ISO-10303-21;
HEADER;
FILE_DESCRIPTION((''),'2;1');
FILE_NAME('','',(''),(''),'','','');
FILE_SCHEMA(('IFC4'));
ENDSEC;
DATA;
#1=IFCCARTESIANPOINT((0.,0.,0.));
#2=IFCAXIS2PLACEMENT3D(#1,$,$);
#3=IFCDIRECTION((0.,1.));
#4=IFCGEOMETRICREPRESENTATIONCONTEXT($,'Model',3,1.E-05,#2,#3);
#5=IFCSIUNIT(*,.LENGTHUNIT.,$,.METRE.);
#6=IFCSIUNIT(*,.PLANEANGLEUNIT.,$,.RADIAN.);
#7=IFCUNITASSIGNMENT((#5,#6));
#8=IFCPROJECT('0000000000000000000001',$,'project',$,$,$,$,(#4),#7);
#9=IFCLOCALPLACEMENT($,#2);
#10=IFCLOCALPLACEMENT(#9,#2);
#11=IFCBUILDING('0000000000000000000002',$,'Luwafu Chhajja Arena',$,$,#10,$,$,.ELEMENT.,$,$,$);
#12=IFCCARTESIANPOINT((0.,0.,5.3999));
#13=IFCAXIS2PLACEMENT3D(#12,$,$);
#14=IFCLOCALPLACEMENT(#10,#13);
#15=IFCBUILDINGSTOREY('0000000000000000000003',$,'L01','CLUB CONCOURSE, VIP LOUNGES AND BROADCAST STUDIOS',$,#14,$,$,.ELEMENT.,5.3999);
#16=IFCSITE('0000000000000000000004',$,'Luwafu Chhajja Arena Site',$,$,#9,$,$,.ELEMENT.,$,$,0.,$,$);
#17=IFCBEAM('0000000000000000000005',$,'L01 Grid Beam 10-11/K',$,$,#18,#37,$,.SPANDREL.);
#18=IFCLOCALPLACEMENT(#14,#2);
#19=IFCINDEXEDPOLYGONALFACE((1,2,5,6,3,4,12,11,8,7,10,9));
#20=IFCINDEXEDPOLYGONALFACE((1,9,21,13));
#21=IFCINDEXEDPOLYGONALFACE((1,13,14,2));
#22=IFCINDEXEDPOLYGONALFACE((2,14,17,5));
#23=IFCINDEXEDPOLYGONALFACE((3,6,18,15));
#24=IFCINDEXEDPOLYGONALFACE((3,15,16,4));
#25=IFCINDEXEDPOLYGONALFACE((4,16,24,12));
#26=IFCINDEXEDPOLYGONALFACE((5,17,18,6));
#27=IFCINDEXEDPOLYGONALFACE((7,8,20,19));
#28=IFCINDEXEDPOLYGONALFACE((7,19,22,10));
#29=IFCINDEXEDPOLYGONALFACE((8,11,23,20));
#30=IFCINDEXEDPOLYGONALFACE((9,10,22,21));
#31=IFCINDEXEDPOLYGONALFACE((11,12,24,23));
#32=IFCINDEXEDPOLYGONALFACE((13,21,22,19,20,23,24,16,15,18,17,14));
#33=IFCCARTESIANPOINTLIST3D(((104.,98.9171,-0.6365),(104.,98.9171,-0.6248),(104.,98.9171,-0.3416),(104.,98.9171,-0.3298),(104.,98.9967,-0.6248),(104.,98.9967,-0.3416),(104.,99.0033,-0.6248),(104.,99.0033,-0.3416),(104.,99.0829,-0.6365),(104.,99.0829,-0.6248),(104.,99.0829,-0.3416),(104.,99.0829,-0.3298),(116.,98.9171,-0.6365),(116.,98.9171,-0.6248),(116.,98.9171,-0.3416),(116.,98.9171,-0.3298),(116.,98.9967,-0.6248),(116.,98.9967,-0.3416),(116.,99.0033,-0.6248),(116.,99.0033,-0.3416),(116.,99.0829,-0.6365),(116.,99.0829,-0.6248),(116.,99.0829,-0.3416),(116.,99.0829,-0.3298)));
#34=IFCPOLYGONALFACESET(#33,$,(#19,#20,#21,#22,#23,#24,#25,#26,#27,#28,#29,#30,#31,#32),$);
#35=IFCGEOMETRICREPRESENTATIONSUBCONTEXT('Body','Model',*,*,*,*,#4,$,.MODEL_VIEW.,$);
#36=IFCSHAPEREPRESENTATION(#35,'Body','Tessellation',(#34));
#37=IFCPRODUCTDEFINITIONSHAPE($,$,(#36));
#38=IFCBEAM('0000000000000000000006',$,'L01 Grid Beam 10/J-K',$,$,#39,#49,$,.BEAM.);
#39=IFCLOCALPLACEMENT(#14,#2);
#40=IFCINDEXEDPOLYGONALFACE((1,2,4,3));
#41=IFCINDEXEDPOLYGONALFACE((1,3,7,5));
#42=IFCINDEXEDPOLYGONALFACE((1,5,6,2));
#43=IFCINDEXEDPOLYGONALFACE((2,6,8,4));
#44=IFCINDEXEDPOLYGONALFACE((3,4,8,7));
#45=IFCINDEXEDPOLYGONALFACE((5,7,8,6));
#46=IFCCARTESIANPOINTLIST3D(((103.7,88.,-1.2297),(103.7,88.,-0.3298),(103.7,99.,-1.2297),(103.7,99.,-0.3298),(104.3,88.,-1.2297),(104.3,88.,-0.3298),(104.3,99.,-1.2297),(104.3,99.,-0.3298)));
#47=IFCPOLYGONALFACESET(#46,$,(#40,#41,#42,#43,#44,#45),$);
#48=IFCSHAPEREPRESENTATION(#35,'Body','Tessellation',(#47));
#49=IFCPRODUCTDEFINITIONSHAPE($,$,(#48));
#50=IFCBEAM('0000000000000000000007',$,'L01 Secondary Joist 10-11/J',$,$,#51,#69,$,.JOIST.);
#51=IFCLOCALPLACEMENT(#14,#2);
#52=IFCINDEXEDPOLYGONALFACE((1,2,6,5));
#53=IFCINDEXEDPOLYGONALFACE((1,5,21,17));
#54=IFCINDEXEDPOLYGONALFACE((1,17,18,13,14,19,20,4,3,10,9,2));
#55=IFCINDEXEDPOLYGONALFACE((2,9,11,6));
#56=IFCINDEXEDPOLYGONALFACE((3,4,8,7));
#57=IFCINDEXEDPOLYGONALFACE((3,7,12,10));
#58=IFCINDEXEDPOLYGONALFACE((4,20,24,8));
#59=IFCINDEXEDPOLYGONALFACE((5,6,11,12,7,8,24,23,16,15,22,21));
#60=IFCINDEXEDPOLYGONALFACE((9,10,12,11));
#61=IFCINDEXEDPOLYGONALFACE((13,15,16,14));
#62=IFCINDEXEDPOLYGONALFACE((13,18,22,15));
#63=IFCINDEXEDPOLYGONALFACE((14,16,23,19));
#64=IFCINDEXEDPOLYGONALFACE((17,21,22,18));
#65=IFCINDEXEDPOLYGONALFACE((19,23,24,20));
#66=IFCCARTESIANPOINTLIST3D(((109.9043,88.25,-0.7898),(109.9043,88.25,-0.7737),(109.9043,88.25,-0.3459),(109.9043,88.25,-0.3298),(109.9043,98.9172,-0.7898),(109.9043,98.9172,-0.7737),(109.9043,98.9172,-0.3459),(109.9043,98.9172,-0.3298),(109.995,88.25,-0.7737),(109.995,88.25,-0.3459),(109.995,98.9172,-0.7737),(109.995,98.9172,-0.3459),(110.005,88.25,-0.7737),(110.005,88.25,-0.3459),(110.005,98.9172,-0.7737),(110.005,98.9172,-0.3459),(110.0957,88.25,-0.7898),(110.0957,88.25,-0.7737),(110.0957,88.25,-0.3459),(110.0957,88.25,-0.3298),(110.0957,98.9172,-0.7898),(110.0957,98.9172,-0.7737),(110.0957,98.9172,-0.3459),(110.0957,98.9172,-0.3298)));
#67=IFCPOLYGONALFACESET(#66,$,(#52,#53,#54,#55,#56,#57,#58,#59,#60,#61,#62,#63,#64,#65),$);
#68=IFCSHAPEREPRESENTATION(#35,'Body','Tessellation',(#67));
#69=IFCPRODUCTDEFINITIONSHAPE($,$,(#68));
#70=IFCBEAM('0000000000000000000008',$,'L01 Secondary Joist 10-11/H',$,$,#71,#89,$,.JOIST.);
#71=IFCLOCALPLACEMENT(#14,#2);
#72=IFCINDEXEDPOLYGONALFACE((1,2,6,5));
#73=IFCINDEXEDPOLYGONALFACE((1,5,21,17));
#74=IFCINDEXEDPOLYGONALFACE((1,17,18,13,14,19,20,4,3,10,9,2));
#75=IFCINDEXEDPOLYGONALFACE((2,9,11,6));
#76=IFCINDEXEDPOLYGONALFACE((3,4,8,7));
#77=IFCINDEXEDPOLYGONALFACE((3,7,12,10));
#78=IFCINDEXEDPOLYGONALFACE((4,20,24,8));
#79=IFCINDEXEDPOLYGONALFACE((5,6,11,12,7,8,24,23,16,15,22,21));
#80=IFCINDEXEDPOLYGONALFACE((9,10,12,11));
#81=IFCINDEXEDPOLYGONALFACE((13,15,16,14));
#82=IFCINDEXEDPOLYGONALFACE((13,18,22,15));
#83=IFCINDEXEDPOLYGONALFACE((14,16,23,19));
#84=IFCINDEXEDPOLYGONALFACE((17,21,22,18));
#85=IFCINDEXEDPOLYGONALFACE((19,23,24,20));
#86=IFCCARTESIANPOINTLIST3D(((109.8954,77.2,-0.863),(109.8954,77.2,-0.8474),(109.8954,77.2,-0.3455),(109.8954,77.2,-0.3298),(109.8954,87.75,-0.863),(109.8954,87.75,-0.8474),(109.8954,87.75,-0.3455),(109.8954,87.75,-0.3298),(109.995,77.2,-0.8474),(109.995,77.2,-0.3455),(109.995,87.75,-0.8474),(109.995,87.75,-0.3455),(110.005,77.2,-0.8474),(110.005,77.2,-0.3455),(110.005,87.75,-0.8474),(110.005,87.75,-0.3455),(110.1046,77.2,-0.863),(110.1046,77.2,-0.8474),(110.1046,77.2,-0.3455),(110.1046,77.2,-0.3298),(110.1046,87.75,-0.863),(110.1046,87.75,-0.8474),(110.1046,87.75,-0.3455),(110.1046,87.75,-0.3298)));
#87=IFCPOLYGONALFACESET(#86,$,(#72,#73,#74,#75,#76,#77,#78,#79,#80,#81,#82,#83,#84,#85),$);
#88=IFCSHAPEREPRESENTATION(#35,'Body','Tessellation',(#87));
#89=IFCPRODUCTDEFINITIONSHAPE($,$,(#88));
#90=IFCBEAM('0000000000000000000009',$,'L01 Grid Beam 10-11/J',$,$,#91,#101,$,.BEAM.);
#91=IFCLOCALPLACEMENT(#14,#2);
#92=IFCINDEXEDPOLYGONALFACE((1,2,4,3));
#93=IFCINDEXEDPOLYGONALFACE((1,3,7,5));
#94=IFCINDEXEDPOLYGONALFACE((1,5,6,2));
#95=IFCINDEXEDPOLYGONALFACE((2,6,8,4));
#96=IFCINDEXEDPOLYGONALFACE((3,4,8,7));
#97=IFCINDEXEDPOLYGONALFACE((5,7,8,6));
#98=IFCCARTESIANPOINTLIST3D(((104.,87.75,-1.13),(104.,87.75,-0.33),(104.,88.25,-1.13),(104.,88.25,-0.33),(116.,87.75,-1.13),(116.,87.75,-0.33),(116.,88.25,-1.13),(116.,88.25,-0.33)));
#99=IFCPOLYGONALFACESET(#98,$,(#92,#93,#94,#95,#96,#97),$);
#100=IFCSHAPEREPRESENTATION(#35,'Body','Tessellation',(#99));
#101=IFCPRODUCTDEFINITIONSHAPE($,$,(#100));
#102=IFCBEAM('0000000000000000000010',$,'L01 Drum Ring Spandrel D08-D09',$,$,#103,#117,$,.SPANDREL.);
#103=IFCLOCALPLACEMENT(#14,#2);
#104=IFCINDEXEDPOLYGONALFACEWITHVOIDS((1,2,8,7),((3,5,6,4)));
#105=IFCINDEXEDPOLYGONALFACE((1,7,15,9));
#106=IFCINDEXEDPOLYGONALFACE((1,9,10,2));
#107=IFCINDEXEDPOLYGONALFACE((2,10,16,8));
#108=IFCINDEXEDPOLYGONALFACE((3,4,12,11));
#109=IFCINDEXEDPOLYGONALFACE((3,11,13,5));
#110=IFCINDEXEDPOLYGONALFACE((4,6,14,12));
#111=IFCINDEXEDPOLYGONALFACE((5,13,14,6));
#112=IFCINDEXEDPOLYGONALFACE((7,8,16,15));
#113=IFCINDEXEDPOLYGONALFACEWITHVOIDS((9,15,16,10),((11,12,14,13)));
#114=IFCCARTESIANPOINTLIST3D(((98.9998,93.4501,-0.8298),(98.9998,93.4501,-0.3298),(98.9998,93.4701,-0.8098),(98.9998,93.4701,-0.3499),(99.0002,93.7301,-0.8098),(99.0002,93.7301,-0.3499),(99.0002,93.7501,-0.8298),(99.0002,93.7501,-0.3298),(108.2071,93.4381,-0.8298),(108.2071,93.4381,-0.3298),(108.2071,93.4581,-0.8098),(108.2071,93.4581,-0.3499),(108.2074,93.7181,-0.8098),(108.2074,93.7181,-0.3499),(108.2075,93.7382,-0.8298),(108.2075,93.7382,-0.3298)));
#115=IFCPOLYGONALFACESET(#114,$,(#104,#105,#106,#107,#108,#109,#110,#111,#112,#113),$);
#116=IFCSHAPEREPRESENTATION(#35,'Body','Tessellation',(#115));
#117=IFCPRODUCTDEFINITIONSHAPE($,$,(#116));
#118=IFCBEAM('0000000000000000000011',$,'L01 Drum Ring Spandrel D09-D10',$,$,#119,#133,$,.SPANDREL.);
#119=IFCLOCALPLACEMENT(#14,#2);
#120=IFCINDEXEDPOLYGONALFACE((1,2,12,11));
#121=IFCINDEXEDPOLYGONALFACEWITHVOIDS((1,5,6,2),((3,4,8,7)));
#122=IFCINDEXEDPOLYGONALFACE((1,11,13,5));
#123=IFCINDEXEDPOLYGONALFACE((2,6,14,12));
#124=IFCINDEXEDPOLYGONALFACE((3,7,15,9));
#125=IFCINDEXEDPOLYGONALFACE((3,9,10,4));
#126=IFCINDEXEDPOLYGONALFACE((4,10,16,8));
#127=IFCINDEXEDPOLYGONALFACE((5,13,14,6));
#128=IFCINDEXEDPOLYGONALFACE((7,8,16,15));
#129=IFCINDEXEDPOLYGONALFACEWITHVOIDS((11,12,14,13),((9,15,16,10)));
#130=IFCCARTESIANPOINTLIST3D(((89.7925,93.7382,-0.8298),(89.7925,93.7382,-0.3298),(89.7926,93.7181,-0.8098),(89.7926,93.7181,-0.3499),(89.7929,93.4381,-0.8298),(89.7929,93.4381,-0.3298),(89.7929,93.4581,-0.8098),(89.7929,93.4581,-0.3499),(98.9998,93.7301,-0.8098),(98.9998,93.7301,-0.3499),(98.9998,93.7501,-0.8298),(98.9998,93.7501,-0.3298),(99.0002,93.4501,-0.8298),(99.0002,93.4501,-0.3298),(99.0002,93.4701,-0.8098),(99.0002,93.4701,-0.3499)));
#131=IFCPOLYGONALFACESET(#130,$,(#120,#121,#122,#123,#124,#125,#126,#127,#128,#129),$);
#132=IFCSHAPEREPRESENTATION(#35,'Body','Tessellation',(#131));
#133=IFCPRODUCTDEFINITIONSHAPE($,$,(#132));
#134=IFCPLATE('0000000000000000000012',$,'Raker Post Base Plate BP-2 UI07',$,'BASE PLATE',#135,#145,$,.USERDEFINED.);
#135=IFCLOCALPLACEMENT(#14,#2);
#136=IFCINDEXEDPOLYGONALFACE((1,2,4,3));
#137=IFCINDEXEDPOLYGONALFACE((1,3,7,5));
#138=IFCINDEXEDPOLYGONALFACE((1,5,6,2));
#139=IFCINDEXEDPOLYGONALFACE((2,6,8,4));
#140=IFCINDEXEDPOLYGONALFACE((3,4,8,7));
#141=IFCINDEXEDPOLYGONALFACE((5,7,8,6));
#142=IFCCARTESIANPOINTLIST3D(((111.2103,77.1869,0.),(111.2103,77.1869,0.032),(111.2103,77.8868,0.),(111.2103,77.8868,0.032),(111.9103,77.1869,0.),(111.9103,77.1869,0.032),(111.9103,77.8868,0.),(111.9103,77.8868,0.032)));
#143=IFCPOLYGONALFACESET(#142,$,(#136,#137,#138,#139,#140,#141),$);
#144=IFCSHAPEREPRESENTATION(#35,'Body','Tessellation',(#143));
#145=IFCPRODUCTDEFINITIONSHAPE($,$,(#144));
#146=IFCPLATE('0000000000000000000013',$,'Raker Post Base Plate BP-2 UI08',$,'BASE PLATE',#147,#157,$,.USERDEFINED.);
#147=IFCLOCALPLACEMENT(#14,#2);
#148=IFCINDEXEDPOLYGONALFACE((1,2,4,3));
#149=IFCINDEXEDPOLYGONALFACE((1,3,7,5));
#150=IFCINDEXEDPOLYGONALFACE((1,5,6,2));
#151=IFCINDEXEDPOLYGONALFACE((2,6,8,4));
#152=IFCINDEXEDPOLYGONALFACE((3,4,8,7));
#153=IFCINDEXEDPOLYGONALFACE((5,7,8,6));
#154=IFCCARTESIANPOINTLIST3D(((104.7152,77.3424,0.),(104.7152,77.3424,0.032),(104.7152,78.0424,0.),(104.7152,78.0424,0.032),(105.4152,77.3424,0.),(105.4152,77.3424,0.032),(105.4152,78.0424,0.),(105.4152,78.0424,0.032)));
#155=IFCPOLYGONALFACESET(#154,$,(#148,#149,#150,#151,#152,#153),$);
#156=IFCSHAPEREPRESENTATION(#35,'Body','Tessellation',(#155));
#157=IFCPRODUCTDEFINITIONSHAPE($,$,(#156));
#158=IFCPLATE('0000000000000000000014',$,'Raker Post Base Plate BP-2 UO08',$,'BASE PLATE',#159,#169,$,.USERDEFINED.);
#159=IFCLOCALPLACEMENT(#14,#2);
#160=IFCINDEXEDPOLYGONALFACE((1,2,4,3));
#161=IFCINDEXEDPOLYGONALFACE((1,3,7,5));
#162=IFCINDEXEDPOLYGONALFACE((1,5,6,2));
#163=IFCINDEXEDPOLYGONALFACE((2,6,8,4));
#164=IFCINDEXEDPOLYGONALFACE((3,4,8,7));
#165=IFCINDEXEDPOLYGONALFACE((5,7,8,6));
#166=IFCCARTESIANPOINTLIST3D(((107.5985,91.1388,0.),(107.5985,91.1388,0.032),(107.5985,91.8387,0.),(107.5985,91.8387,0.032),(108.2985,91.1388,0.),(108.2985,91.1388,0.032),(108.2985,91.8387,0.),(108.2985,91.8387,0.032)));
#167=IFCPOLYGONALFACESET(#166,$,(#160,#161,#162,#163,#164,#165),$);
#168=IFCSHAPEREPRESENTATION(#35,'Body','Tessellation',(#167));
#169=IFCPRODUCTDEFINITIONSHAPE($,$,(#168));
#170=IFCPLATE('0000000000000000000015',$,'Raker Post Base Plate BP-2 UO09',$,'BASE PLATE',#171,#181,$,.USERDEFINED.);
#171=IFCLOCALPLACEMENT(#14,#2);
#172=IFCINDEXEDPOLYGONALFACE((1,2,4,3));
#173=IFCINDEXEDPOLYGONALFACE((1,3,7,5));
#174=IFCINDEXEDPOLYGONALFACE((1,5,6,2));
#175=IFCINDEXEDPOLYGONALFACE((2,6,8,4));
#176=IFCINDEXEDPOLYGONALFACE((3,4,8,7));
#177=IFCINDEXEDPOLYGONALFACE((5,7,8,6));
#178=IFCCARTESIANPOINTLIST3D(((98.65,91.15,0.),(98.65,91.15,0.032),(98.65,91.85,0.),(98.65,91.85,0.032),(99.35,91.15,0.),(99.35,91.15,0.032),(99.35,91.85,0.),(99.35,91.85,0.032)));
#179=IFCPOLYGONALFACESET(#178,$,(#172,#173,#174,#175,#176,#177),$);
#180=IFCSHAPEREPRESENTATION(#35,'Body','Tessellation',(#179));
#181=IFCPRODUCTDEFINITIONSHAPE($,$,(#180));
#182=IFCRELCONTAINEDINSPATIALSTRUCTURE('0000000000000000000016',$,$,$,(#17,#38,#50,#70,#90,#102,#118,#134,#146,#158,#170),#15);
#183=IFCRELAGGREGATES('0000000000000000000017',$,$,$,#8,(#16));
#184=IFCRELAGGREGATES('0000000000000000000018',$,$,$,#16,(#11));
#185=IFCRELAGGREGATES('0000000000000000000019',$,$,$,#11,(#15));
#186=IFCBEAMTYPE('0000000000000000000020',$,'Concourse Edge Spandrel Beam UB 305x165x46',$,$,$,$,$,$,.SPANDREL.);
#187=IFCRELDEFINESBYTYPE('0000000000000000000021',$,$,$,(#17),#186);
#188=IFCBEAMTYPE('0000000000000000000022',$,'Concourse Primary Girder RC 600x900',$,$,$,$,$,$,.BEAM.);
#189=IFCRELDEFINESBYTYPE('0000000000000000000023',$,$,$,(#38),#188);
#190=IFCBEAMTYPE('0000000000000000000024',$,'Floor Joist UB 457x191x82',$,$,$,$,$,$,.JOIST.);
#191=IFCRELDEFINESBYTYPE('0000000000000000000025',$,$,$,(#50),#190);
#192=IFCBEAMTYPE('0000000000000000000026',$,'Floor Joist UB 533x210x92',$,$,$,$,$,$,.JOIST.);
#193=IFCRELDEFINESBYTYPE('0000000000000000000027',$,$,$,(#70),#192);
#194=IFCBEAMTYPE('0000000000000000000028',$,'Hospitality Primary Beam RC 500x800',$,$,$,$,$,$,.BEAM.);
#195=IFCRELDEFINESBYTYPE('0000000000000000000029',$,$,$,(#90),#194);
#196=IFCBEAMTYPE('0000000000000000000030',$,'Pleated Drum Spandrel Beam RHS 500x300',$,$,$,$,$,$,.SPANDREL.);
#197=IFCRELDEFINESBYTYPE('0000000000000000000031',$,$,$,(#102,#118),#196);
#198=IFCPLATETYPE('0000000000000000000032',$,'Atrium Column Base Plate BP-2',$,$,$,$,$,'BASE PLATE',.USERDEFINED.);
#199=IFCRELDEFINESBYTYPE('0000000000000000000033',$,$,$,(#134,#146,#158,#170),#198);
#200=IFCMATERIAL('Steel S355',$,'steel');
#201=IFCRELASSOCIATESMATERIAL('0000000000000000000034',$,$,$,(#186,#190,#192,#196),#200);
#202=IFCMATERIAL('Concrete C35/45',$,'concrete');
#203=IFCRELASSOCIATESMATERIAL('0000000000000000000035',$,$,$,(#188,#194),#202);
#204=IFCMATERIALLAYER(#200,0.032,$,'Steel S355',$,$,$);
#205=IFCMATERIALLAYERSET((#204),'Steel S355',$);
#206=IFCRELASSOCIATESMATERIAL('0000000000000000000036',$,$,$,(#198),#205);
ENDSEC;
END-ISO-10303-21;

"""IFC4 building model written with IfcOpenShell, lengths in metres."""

from ifc_helpers import new_model, si_unit, direction, frame, origin, origin_2d, place, context, subcontext, project, spatial, rectangle, hollow_rectangle, i_section, extrude, material, layer, layer_set, material_profile, profile_set, type_object, element, save


model = new_model("IFC4")

# Units and contexts
model_context = context("Model", 3, precision=1e-05, world=origin(), true_north=direction((0.0, 1.0)))
body_context = subcontext(model_context, "Body", "Model", "MODEL_VIEW")
ifc_project = project(units=[si_unit("LENGTHUNIT", "METRE"), si_unit("PLANEANGLEUNIT", "RADIAN")], contexts=[model_context])

# Site, building, storey
site_placement = place(None, origin())
site = spatial("IfcSite", under=ifc_project, at=site_placement, Name="Luwafu Chhajja Arena Site", CompositionType="ELEMENT", RefElevation=0.0)
building_placement = place(site_placement, origin())
building = spatial("IfcBuilding", under=site, at=building_placement, Name="Luwafu Chhajja Arena", CompositionType="ELEMENT")
storey_placement = place(building_placement, frame((0.0, 0.0, 5.3999)))
storey = spatial("IfcBuildingStorey", under=building, at=storey_placement, Name="L01", Description="CLUB CONCOURSE, VIP LOUNGES AND BROADCAST STUDIOS", CompositionType="ELEMENT", Elevation=5.3999)

# Shared definitions
ifc_material_1 = material(Name="Concrete C35/45", Category="concrete")
ifc_material_2 = material(Name="Steel S355", Category="steel")

# Beams
ifc_material_profile_1 = material_profile(ifc_material_2, i_section(OverallWidth=0.1658, OverallDepth=0.3066, WebThickness=0.0066, FlangeThickness=0.0117, at=origin_2d()), Name="UB 305x165x46")
ifc_profile_set_1 = profile_set([ifc_material_profile_1], Name="Steel S355")
beam_type_1 = type_object("IfcBeamType", Name="Concourse Edge Spandrel Beam UB 305x165x46", PredefinedType="SPANDREL", material=ifc_profile_set_1)
beam_1_placement = place(storey_placement, frame((104.0, 99.0, -0.4832), z_axis=(1.0, 0.0, 0.0), x_axis=(0.0, 1.0, 0.0)))
element("IfcBeam", 1, at=beam_1_placement, inside=storey, type_object=beam_type_1, Name="L01 Grid Beam 10-11/K", PredefinedType="SPANDREL", context=body_context, shape_type="SweptSolid", body=[
    extrude(i_section(OverallWidth=0.1658, OverallDepth=0.3066, WebThickness=0.0066, FlangeThickness=0.0117, at=origin_2d()), origin(), (0.0, 0.0, 1.0), 12.0),
])
ifc_material_profile_2 = material_profile(ifc_material_1, rectangle(XDim=0.6001, YDim=0.8999, at=origin_2d()), Name="RC 600x900")
ifc_profile_set_2 = profile_set([ifc_material_profile_2], Name="Concrete C35/45")
beam_type_2 = type_object("IfcBeamType", Name="Concourse Primary Girder RC 600x900", PredefinedType="BEAM", material=ifc_profile_set_2)
beam_2_placement = place(storey_placement, frame((104.0, 88.0, -0.7798), z_axis=(0.0, 1.0, 0.0), x_axis=(-1.0, 0.0, 0.0)))
element("IfcBeam", 2, at=beam_2_placement, inside=storey, type_object=beam_type_2, Name="L01 Grid Beam 10/J-K", PredefinedType="BEAM", context=body_context, shape_type="SweptSolid", body=[
    extrude(rectangle(XDim=0.6001, YDim=0.8999, at=origin_2d()), origin(), (0.0, 0.0, 1.0), 11.0),
])
ifc_material_profile_3 = material_profile(ifc_material_2, i_section(OverallWidth=0.1914, OverallDepth=0.46, WebThickness=0.01, FlangeThickness=0.0161, at=origin_2d()), Name="UB 457x191x82")
ifc_profile_set_3 = profile_set([ifc_material_profile_3], Name="Steel S355")
beam_type_3 = type_object("IfcBeamType", Name="Floor Joist UB 457x191x82", PredefinedType="JOIST", material=ifc_profile_set_3)
beam_3_placement = place(storey_placement, frame((110.0, 88.25, -0.5598), z_axis=(0.0, 1.0, 0.0), x_axis=(-1.0, 0.0, 0.0)))
element("IfcBeam", 3, at=beam_3_placement, inside=storey, type_object=beam_type_3, Name="L01 Secondary Joist 10-11/J", PredefinedType="JOIST", context=body_context, shape_type="SweptSolid", body=[
    extrude(i_section(OverallWidth=0.1914, OverallDepth=0.46, WebThickness=0.01, FlangeThickness=0.0161, at=origin_2d()), origin(), (0.0, 0.0, 1.0), 10.6672),
])
ifc_material_profile_4 = material_profile(ifc_material_2, i_section(OverallWidth=0.2092, OverallDepth=0.5332, WebThickness=0.01, FlangeThickness=0.0156, at=origin_2d()), Name="UB 533x210x92")
ifc_profile_set_4 = profile_set([ifc_material_profile_4], Name="Steel S355")
beam_type_4 = type_object("IfcBeamType", Name="Floor Joist UB 533x210x92", PredefinedType="JOIST", material=ifc_profile_set_4)
beam_4_placement = place(storey_placement, frame((110.0, 77.2, -0.5964), z_axis=(0.0, 1.0, 0.0), x_axis=(-1.0, 0.0, 0.0)))
element("IfcBeam", 4, at=beam_4_placement, inside=storey, type_object=beam_type_4, Name="L01 Secondary Joist 10-11/H", PredefinedType="JOIST", context=body_context, shape_type="SweptSolid", body=[
    extrude(i_section(OverallWidth=0.2092, OverallDepth=0.5332, WebThickness=0.01, FlangeThickness=0.0156, at=origin_2d()), origin(), (0.0, 0.0, 1.0), 10.55),
])
ifc_material_profile_5 = material_profile(ifc_material_1, rectangle(XDim=0.5, YDim=0.8, at=origin_2d()), Name="RC 500x800")
ifc_profile_set_5 = profile_set([ifc_material_profile_5], Name="Concrete C35/45")
beam_type_5 = type_object("IfcBeamType", Name="Hospitality Primary Beam RC 500x800", PredefinedType="BEAM", material=ifc_profile_set_5)
beam_5_placement = place(storey_placement, frame((104.0, 88.0, -0.73), z_axis=(1.0, 0.0, 0.0), x_axis=(0.0, 1.0, 0.0)))
element("IfcBeam", 5, at=beam_5_placement, inside=storey, type_object=beam_type_5, Name="L01 Grid Beam 10-11/J", PredefinedType="BEAM", context=body_context, shape_type="SweptSolid", body=[
    extrude(rectangle(XDim=0.5, YDim=0.8, at=origin_2d()), origin(), (0.0, 0.0, 1.0), 12.0),
])
ifc_material_profile_6 = material_profile(ifc_material_2, hollow_rectangle(XDim=0.3, YDim=0.5, WallThickness=0.02, at=origin_2d()), Name="RHS 500x300x20")
ifc_profile_set_6 = profile_set([ifc_material_profile_6], Name="Steel S355")
beam_type_6 = type_object("IfcBeamType", Name="Pleated Drum Spandrel Beam RHS 500x300", PredefinedType="SPANDREL", material=ifc_profile_set_6)
for number, where, z_axis, x_axis, name in (
    (6, (108.2073, 93.5881, -0.5798), (-0.999999, 0.001299, 0.0), (-0.001299, -0.999999, 0.0), "L01 Drum Ring Spandrel D08-D09"),
    (7, (99.0, 93.6001, -0.5798), (-0.999999, -0.001299, 0.0), (0.001299, -0.999999, 0.0), "L01 Drum Ring Spandrel D09-D10"),
):
    element("IfcBeam", number, at=place(storey_placement, frame(where, z_axis=z_axis, x_axis=x_axis)), inside=storey, type_object=beam_type_6, Name=name, PredefinedType="SPANDREL", context=body_context, shape_type="SweptSolid", body=[
        extrude(hollow_rectangle(XDim=0.3, YDim=0.5, WallThickness=0.02, at=origin_2d()), origin(), (0.0, 0.0, 1.0), 9.2073),
    ])

# Plates
ifc_layer_1 = layer(ifc_material_2, 0.032, Name="Steel S355")
ifc_layer_set_1 = layer_set([ifc_layer_1], Name="Steel S355")
plate_type_1 = type_object("IfcPlateType", Name="Atrium Column Base Plate BP-2", ElementType="BASE PLATE", PredefinedType="USERDEFINED", material=ifc_layer_set_1)
for number, where, z_axis, x_axis, name in (
    (8, (111.5603, 77.5369, 0.0), (0.0, 0.0, 1.0), (1.0, 0.0, 0.0), "Raker Post Base Plate BP-2 UI07"),
    (9, (105.0652, 77.6924, 0.0), (0.0, 0.0, 1.0), (1.0, 0.0, 0.0), "Raker Post Base Plate BP-2 UI08"),
    (10, (107.9485, 91.4888, 0.0), (0.0, 0.0, 1.0), (1.0, 0.0, 0.0), "Raker Post Base Plate BP-2 UO08"),
    (11, (99.0, 91.5, 0.0), (0.0, 0.0, 1.0), (1.0, 0.0, 0.0), "Raker Post Base Plate BP-2 UO09"),
):
    element("IfcPlate", number, at=place(storey_placement, frame(where, z_axis=z_axis, x_axis=x_axis)), inside=storey, type_object=plate_type_1, Name=name, ObjectType="BASE PLATE", PredefinedType="USERDEFINED", context=body_context, shape_type="SweptSolid", body=[
        extrude(rectangle(XDim=0.7, YDim=0.7, at=origin_2d()), origin(), (0.0, 0.0, 1.0), 0.032),
    ])

save(model, "model.ifc")
